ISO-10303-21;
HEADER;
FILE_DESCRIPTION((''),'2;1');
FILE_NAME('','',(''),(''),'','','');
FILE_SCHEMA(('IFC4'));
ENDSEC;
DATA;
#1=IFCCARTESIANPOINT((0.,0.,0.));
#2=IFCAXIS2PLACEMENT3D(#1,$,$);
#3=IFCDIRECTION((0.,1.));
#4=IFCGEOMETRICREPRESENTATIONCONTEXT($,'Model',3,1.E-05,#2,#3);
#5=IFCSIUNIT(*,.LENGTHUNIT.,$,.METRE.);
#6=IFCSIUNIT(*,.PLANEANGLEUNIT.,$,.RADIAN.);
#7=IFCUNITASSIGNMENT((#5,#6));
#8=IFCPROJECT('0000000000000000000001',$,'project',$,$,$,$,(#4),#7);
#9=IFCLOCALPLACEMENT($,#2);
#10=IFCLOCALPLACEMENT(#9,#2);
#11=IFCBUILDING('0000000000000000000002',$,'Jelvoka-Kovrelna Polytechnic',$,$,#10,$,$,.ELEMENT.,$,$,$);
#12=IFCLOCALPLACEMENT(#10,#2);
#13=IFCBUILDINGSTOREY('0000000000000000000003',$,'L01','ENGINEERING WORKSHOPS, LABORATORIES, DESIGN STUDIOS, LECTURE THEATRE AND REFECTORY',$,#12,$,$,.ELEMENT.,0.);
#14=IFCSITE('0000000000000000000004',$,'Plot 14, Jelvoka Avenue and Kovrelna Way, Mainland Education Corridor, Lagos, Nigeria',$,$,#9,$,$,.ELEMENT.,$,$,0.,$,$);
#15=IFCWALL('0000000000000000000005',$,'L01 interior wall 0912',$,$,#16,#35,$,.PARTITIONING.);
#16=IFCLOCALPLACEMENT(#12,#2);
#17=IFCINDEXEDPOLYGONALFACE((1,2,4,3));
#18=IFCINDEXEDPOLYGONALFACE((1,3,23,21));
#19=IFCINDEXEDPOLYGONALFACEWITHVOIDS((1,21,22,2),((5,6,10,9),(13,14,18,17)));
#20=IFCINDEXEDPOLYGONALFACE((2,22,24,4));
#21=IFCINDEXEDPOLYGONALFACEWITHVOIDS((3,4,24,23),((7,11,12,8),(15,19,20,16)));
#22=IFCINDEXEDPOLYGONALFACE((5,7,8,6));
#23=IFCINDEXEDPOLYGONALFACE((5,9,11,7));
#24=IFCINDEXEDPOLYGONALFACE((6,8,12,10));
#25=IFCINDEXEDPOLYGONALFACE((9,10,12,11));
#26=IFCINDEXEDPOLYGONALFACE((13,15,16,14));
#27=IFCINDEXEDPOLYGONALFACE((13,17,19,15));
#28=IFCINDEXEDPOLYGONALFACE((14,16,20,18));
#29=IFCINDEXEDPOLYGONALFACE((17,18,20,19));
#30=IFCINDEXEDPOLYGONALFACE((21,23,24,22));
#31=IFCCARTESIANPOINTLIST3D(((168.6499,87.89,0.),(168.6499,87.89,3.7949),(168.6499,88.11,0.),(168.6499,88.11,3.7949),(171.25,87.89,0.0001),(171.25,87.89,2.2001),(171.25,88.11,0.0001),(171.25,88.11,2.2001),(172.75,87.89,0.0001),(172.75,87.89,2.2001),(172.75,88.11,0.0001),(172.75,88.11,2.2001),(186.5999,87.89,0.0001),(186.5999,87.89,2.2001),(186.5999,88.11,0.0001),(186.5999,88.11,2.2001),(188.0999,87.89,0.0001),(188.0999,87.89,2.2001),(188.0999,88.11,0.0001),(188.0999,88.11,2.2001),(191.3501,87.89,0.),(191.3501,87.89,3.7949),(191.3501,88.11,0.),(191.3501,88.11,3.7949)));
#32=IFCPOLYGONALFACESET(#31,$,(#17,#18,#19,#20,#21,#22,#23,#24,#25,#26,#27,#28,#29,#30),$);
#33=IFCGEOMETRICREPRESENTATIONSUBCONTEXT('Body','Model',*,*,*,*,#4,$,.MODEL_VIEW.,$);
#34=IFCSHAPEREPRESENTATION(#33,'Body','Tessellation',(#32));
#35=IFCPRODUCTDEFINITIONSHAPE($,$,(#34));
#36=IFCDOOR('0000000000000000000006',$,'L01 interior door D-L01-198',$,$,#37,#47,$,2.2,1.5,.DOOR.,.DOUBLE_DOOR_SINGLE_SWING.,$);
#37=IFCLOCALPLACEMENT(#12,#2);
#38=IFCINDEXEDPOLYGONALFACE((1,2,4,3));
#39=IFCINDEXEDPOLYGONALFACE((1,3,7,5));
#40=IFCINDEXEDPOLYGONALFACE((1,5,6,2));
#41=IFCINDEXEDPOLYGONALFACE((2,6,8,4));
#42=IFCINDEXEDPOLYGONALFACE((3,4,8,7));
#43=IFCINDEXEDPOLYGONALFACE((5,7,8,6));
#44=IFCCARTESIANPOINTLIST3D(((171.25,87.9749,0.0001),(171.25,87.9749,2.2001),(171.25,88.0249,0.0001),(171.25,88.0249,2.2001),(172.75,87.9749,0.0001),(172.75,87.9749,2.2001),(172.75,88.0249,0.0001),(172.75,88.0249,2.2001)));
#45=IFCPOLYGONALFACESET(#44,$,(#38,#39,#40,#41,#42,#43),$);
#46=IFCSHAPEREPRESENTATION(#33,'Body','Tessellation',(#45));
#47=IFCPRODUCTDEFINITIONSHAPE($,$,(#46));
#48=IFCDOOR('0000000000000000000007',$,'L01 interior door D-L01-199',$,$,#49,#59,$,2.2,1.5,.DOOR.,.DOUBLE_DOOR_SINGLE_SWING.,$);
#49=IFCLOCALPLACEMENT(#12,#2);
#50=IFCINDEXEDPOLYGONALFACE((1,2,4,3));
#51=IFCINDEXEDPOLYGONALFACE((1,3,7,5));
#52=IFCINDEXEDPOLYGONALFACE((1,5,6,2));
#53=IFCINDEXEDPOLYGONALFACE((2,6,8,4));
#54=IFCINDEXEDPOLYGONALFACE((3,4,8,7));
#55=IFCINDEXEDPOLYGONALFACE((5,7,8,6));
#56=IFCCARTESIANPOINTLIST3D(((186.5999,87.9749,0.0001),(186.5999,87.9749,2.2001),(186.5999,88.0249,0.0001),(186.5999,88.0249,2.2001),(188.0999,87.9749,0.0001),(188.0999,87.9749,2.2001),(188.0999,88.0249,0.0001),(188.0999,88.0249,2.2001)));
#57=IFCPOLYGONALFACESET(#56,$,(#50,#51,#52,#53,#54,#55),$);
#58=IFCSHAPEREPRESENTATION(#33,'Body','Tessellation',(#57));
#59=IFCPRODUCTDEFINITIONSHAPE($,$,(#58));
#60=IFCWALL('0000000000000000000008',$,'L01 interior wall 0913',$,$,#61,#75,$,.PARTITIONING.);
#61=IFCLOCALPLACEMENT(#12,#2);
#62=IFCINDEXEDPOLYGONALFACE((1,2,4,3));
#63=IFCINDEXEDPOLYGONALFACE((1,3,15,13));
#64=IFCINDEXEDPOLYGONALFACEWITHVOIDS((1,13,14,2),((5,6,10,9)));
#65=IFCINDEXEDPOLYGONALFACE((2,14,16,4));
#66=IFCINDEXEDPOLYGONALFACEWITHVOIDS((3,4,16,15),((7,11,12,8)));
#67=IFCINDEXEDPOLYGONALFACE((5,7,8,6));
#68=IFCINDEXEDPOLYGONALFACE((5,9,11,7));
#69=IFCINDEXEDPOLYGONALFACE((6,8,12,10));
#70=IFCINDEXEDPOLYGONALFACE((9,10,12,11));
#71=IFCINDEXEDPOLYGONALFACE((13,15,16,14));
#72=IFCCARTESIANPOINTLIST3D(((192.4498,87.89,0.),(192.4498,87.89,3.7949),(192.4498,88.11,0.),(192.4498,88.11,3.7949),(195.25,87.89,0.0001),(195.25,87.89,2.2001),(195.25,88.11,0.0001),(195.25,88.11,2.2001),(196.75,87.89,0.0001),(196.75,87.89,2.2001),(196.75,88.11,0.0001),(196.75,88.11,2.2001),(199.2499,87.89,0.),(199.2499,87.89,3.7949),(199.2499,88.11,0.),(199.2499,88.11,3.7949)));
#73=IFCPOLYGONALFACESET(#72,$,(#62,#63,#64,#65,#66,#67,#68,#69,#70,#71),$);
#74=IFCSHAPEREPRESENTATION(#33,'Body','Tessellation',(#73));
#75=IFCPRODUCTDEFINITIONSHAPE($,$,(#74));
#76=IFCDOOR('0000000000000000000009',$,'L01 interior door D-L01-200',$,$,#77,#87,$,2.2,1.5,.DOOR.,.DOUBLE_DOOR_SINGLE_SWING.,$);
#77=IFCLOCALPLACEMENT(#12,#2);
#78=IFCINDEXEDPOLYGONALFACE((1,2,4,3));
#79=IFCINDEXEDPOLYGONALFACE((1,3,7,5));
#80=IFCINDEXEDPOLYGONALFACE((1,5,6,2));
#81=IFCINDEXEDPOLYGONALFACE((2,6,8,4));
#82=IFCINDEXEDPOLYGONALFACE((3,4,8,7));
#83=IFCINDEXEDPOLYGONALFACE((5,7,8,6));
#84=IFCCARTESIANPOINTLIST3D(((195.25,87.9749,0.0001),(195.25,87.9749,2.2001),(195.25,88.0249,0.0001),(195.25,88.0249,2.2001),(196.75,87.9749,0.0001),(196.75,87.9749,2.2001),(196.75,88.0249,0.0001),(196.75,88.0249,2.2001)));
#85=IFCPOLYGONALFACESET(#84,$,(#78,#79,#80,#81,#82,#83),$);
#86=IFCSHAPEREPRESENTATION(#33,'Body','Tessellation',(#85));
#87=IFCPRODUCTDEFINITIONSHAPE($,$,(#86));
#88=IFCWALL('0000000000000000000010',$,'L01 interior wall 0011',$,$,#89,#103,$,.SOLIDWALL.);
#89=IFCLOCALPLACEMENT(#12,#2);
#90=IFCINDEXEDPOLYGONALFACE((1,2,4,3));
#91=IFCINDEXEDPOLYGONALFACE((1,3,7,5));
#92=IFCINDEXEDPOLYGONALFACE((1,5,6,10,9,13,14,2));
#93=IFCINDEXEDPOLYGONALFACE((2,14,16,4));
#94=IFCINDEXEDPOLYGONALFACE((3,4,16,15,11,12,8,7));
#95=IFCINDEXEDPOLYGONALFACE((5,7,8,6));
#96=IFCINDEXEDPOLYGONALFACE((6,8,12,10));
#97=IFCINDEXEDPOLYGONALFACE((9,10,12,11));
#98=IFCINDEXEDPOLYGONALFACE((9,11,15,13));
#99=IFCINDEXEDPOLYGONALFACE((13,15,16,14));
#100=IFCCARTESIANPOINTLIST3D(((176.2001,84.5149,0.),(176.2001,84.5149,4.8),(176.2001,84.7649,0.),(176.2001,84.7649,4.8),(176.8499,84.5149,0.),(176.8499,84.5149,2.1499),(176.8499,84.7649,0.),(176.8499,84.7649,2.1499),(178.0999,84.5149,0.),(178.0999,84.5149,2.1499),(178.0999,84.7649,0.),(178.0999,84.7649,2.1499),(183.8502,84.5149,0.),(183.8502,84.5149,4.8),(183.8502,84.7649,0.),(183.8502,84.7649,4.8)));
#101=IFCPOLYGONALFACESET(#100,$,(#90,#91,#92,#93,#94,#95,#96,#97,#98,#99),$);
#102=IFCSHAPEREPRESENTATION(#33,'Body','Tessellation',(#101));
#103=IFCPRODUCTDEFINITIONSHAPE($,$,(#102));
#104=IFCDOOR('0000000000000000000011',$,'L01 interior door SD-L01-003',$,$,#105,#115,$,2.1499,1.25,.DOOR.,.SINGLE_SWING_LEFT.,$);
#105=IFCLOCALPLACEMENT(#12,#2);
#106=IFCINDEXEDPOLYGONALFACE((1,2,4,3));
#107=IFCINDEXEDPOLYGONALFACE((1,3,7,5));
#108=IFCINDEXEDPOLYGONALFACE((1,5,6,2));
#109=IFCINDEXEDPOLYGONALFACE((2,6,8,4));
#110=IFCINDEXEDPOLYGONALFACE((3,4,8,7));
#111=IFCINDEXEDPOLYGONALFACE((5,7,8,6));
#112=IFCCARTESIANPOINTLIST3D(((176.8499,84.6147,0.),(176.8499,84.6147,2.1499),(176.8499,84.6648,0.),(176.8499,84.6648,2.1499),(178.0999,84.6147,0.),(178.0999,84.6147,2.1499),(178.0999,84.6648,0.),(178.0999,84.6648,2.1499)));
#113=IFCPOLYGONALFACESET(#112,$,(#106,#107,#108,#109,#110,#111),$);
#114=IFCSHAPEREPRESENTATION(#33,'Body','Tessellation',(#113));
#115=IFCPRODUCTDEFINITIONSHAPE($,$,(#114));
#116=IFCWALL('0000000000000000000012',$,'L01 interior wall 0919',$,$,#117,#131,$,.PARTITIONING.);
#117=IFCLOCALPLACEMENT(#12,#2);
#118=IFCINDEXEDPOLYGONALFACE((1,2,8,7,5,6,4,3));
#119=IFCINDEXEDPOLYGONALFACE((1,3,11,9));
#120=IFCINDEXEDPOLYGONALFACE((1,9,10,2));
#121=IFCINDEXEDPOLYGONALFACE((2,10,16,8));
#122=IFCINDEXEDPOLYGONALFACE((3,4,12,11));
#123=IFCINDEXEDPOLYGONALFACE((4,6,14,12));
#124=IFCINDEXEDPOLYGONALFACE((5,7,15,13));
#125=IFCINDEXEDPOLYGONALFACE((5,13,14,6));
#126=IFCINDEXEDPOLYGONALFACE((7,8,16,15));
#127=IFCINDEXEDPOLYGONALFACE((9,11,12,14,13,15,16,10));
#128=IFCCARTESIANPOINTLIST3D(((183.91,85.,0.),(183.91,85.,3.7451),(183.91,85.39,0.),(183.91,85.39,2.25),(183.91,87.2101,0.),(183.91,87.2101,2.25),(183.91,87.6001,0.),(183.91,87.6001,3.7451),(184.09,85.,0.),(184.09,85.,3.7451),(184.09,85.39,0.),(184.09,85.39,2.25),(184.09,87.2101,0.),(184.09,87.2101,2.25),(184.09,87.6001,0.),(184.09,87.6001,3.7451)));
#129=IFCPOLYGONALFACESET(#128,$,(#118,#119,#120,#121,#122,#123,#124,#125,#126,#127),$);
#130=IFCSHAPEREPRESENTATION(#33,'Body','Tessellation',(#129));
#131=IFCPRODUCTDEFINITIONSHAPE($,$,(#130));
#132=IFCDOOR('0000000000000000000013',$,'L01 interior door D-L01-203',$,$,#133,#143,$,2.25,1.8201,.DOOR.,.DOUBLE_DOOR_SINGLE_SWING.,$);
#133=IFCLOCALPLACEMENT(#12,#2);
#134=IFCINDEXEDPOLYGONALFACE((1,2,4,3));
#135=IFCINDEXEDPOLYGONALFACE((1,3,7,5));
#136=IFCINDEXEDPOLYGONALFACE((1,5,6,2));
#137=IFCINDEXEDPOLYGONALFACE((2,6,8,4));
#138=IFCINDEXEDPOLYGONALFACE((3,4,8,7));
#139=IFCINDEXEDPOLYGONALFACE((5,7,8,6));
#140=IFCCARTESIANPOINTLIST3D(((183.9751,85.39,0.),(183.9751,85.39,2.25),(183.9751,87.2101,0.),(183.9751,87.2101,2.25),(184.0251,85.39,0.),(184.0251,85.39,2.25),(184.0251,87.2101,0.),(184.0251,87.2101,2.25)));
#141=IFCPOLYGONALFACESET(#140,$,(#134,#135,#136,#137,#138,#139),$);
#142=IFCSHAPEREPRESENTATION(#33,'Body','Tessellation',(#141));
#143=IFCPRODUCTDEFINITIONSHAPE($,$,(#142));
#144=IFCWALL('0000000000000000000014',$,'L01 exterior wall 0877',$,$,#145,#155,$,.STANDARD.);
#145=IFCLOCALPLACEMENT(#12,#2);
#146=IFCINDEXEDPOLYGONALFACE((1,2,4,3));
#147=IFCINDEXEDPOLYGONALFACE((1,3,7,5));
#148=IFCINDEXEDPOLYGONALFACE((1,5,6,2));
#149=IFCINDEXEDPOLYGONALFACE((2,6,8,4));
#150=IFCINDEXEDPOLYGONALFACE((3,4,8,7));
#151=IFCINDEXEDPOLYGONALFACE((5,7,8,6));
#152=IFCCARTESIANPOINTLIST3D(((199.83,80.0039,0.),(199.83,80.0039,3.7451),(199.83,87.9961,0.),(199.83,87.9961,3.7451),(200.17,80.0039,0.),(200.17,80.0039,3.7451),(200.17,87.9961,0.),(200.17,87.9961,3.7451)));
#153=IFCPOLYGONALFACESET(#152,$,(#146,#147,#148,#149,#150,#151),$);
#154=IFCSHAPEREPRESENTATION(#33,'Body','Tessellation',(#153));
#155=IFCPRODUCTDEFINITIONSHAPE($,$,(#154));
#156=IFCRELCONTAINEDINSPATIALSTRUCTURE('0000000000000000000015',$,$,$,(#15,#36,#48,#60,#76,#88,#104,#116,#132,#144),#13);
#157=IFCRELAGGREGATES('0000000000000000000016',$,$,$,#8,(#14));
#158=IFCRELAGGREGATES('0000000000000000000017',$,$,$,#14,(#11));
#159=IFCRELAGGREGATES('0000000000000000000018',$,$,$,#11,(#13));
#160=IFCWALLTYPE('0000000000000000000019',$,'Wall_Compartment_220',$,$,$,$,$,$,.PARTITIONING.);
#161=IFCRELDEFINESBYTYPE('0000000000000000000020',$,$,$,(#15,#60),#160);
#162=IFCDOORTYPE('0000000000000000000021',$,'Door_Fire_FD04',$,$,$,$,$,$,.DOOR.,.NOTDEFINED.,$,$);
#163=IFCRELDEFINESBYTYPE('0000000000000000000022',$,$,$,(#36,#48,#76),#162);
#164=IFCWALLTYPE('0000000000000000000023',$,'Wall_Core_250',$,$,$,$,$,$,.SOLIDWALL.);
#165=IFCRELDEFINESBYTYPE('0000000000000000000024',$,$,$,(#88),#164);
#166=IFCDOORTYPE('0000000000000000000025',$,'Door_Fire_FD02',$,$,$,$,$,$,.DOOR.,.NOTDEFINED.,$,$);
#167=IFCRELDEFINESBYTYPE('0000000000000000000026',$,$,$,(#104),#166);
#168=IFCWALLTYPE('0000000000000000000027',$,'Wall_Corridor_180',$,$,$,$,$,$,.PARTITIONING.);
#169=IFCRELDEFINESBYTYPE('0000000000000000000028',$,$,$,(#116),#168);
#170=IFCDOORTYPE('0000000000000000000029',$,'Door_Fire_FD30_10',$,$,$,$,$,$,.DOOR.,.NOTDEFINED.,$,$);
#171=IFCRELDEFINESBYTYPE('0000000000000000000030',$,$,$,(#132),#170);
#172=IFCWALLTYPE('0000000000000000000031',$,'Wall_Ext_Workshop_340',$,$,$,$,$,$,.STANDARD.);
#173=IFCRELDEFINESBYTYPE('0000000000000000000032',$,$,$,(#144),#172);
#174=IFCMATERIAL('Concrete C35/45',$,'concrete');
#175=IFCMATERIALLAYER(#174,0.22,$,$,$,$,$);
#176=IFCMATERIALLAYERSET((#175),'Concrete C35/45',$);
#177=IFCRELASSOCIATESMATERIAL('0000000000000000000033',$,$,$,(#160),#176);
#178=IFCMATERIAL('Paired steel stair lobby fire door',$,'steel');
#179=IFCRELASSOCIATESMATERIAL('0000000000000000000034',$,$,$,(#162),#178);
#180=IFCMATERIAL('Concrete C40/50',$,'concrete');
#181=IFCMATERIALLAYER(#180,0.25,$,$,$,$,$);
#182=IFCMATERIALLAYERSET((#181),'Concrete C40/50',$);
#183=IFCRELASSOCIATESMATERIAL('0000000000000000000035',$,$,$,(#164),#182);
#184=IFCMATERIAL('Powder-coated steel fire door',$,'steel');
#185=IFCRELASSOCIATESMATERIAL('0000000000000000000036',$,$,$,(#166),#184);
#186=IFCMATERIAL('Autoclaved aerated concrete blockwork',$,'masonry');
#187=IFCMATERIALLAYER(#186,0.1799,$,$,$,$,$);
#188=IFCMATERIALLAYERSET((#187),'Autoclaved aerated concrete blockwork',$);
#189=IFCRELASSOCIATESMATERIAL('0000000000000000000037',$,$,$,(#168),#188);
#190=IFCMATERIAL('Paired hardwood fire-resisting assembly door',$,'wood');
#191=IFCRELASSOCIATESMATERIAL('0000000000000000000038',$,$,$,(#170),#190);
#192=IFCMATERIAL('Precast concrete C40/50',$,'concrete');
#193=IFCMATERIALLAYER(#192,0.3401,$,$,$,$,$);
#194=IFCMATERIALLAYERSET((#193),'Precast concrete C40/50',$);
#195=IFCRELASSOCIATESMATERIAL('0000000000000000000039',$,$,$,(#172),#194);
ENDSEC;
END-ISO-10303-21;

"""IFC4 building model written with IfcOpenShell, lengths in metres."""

from ifc_helpers import new_model, si_unit, direction, frame, frame_2d, origin, place, context, subcontext, project, spatial, rectangle, extrude, material, layer, layer_set, type_object, element, fill, save


model = new_model("IFC4")

# Units and contexts
model_context = context("Model", 3, precision=1e-05, world=origin(), true_north=direction((0.0, 1.0)))
body_context = subcontext(model_context, "Body", "Model", "MODEL_VIEW")
ifc_project = project(units=[si_unit("LENGTHUNIT", "METRE"), si_unit("PLANEANGLEUNIT", "RADIAN")], contexts=[model_context])

# Site, building, storey
site_placement = place(None, origin())
site = spatial("IfcSite", under=ifc_project, at=site_placement, Name="Plot 14, Jelvoka Avenue and Kovrelna Way, Mainland Education Corridor, Lagos, Nigeria", CompositionType="ELEMENT", RefElevation=0.0)
building_placement = place(site_placement, origin())
building = spatial("IfcBuilding", under=site, at=building_placement, Name="Jelvoka-Kovrelna Polytechnic", CompositionType="ELEMENT")
storey_placement = place(building_placement, origin())
storey = spatial("IfcBuildingStorey", under=building, at=storey_placement, Name="L01", Description="ENGINEERING WORKSHOPS, LABORATORIES, DESIGN STUDIOS, LECTURE THEATRE AND REFECTORY", CompositionType="ELEMENT", Elevation=0.0)

# Wall, openings, doors
ifc_material_1 = material(Name="Concrete C35/45", Category="concrete")
ifc_layer_1 = layer(ifc_material_1, 0.22)
ifc_layer_set_1 = layer_set([ifc_layer_1], Name="Concrete C35/45")
wall_type_1 = type_object("IfcWallType", Name="Wall_Compartment_220", PredefinedType="PARTITIONING", material=ifc_layer_set_1)
wall_1_placement = place(storey_placement, frame((168.6499, 88.0, 0.0), z_axis=(0.0, 0.0, 1.0), x_axis=(1.0, 0.0, 0.0)))
wall_1 = element("IfcWall", 1, at=wall_1_placement, inside=storey, type_object=wall_type_1, Name="L01 interior wall 0912", PredefinedType="PARTITIONING", context=body_context, shape_type="SweptSolid", body=[
    extrude(rectangle(XDim=22.7002, YDim=0.22, at=frame_2d((11.3501, 0.0))), origin(), (0.0, 0.0, 1.0), 3.7949),
])
opening_1_placement = place(wall_1_placement, frame((2.6001, 0.0, 0.0)))
opening_1 = element("IfcOpeningElement", 2, at=opening_1_placement, cuts=wall_1, PredefinedType="OPENING", context=body_context, shape_type="SweptSolid", body=[
    extrude(rectangle(XDim=1.5, YDim=2.2, at=frame_2d((0.75, 1.1001))), frame((0.0, 0.1199, 0.0), z_axis=(0.0, -1.0, 0.0), x_axis=(1.0, 0.0, 0.0)), (0.0, 0.0, 1.0), 0.24),
])
opening_2_placement = place(wall_1_placement, frame((17.95, 0.0, 0.0)))
opening_2 = element("IfcOpeningElement", 3, at=opening_2_placement, cuts=wall_1, PredefinedType="OPENING", context=body_context, shape_type="SweptSolid", body=[
    extrude(rectangle(XDim=1.5, YDim=2.2, at=frame_2d((0.75, 1.1001))), frame((0.0, 0.1199, 0.0), z_axis=(0.0, -1.0, 0.0), x_axis=(1.0, 0.0, 0.0)), (0.0, 0.0, 1.0), 0.24),
])
ifc_material_2 = material(Name="Paired steel stair lobby fire door", Category="steel")
door_type_1 = type_object("IfcDoorType", Name="Door_Fire_FD04", OperationType="NOTDEFINED", PredefinedType="DOOR", material=ifc_material_2)
door_1_placement = place(opening_1_placement, origin())
door_1 = element("IfcDoor", 4, at=door_1_placement, inside=storey, type_object=door_type_1, Name="L01 interior door D-L01-198", OperationType="DOUBLE_DOOR_SINGLE_SWING", OverallHeight=2.2, OverallWidth=1.5, PredefinedType="DOOR", context=body_context, shape_type="SweptSolid", body=[
    extrude(rectangle(XDim=1.5, YDim=2.2, at=frame_2d((0.75, 1.1001))), frame((0.0, 0.0249, 0.0), z_axis=(0.0, -1.0, 0.0), x_axis=(1.0, 0.0, 0.0)), (0.0, 0.0, 1.0), 0.05),
])
fill(opening_1, door_1)
door_2_placement = place(opening_2_placement, origin())
door_2 = element("IfcDoor", 5, at=door_2_placement, inside=storey, type_object=door_type_1, Name="L01 interior door D-L01-199", OperationType="DOUBLE_DOOR_SINGLE_SWING", OverallHeight=2.2, OverallWidth=1.5, PredefinedType="DOOR", context=body_context, shape_type="SweptSolid", body=[
    extrude(rectangle(XDim=1.5, YDim=2.2, at=frame_2d((0.75, 1.1001))), frame((0.0, 0.0249, 0.0), z_axis=(0.0, -1.0, 0.0), x_axis=(1.0, 0.0, 0.0)), (0.0, 0.0, 1.0), 0.05),
])
fill(opening_2, door_2)

# Walls, openings, doors
wall_2_placement = place(storey_placement, frame((192.45, 88.0, 0.0), z_axis=(0.0, 0.0, 1.0), x_axis=(1.0, 0.0, 0.0)))
wall_2 = element("IfcWall", 6, at=wall_2_placement, inside=storey, type_object=wall_type_1, Name="L01 interior wall 0913", PredefinedType="PARTITIONING", context=body_context, shape_type="SweptSolid", body=[
    extrude(rectangle(XDim=6.8, YDim=0.22, at=frame_2d((3.3999, 0.0))), origin(), (0.0, 0.0, 1.0), 3.7949),
])
opening_3_placement = place(wall_2_placement, frame((2.8, 0.0, 0.0)))
opening_3 = element("IfcOpeningElement", 7, at=opening_3_placement, cuts=wall_2, PredefinedType="OPENING", context=body_context, shape_type="SweptSolid", body=[
    extrude(rectangle(XDim=1.5, YDim=2.2, at=frame_2d((0.75, 1.1001))), frame((0.0, 0.1199, 0.0), z_axis=(0.0, -1.0, 0.0), x_axis=(1.0, 0.0, 0.0)), (0.0, 0.0, 1.0), 0.24),
])
door_3_placement = place(opening_3_placement, origin())
door_3 = element("IfcDoor", 8, at=door_3_placement, inside=storey, type_object=door_type_1, Name="L01 interior door D-L01-200", OperationType="DOUBLE_DOOR_SINGLE_SWING", OverallHeight=2.2, OverallWidth=1.5, PredefinedType="DOOR", context=body_context, shape_type="SweptSolid", body=[
    extrude(rectangle(XDim=1.5, YDim=2.2, at=frame_2d((0.75, 1.1001))), frame((0.0, 0.0249, 0.0), z_axis=(0.0, -1.0, 0.0), x_axis=(1.0, 0.0, 0.0)), (0.0, 0.0, 1.0), 0.05),
])
fill(opening_3, door_3)
ifc_material_3 = material(Name="Concrete C40/50", Category="concrete")
ifc_layer_2 = layer(ifc_material_3, 0.25)
ifc_layer_set_2 = layer_set([ifc_layer_2], Name="Concrete C40/50")
wall_type_2 = type_object("IfcWallType", Name="Wall_Core_250", PredefinedType="SOLIDWALL", material=ifc_layer_set_2)
wall_3_placement = place(storey_placement, frame((176.2, 84.6399, 0.0), z_axis=(0.0, 0.0, 1.0), x_axis=(1.0, 0.0, 0.0)))
wall_3 = element("IfcWall", 9, at=wall_3_placement, inside=storey, type_object=wall_type_2, Name="L01 interior wall 0011", PredefinedType="SOLIDWALL", context=body_context, shape_type="SweptSolid", body=[
    extrude(rectangle(XDim=7.6501, YDim=0.25, at=frame_2d((3.8252, 0.0))), origin(), (0.0, 0.0, 1.0), 4.8),
])
opening_4_placement = place(wall_3_placement, frame((0.6499, 0.0, 0.0)))
opening_4 = element("IfcOpeningElement", 10, at=opening_4_placement, cuts=wall_3, PredefinedType="OPENING", context=body_context, shape_type="SweptSolid", body=[
    extrude(rectangle(XDim=1.25, YDim=2.1499, at=frame_2d((0.625, 1.075))), frame((0.0, 0.135, 0.0), z_axis=(0.0, -1.0, 0.0), x_axis=(1.0, 0.0, 0.0)), (0.0, 0.0, 1.0), 0.27),
])
ifc_material_4 = material(Name="Powder-coated steel fire door", Category="steel")
door_type_2 = type_object("IfcDoorType", Name="Door_Fire_FD02", OperationType="NOTDEFINED", PredefinedType="DOOR", material=ifc_material_4)
door_4_placement = place(opening_4_placement, origin())
door_4 = element("IfcDoor", 11, at=door_4_placement, inside=storey, type_object=door_type_2, Name="L01 interior door SD-L01-003", OperationType="SINGLE_SWING_LEFT", OverallHeight=2.1499, OverallWidth=1.25, PredefinedType="DOOR", context=body_context, shape_type="SweptSolid", body=[
    extrude(rectangle(XDim=1.25, YDim=2.1499, at=frame_2d((0.625, 1.075))), frame((0.0, 0.0249, 0.0), z_axis=(0.0, -1.0, 0.0), x_axis=(1.0, 0.0, 0.0)), (0.0, 0.0, 1.0), 0.05),
])
fill(opening_4, door_4)
ifc_material_5 = material(Name="Autoclaved aerated concrete blockwork", Category="masonry")
ifc_layer_3 = layer(ifc_material_5, 0.1799)
ifc_layer_set_3 = layer_set([ifc_layer_3], Name="Autoclaved aerated concrete blockwork")
wall_type_3 = type_object("IfcWallType", Name="Wall_Corridor_180", PredefinedType="PARTITIONING", material=ifc_layer_set_3)
wall_4_placement = place(storey_placement, frame((184.0, 85.0, 0.0), z_axis=(0.0, 0.0, 1.0), x_axis=(0.0, 1.0, 0.0)))
wall_4 = element("IfcWall", 12, at=wall_4_placement, inside=storey, type_object=wall_type_3, Name="L01 interior wall 0919", PredefinedType="PARTITIONING", context=body_context, shape_type="SweptSolid", body=[
    extrude(rectangle(XDim=2.6001, YDim=0.1799, at=frame_2d((1.3, 0.0))), origin(), (0.0, 0.0, 1.0), 3.7451),
])
opening_5_placement = place(wall_4_placement, frame((0.3899, 0.0, 0.0)))
opening_5 = element("IfcOpeningElement", 13, at=opening_5_placement, cuts=wall_4, PredefinedType="OPENING", context=body_context, shape_type="SweptSolid", body=[
    extrude(rectangle(XDim=1.8201, YDim=2.25, at=frame_2d((0.9102, 1.125))), frame((0.0, 0.0999, 0.0), z_axis=(0.0, -1.0, 0.0), x_axis=(1.0, 0.0, 0.0)), (0.0, 0.0, 1.0), 0.2),
])
ifc_material_6 = material(Name="Paired hardwood fire-resisting assembly door", Category="wood")
door_type_3 = type_object("IfcDoorType", Name="Door_Fire_FD30_10", OperationType="NOTDEFINED", PredefinedType="DOOR", material=ifc_material_6)
door_5_placement = place(opening_5_placement, origin())
door_5 = element("IfcDoor", 14, at=door_5_placement, inside=storey, type_object=door_type_3, Name="L01 interior door D-L01-203", OperationType="DOUBLE_DOOR_SINGLE_SWING", OverallHeight=2.25, OverallWidth=1.8201, PredefinedType="DOOR", context=body_context, shape_type="SweptSolid", body=[
    extrude(rectangle(XDim=1.8201, YDim=2.25, at=frame_2d((0.9102, 1.125))), frame((0.0, 0.0249, 0.0), z_axis=(0.0, -1.0, 0.0), x_axis=(1.0, 0.0, 0.0)), (0.0, 0.0, 1.0), 0.05),
])
fill(opening_5, door_5)

# Wall
ifc_material_7 = material(Name="Precast concrete C40/50", Category="concrete")
ifc_layer_4 = layer(ifc_material_7, 0.3401)
ifc_layer_set_4 = layer_set([ifc_layer_4], Name="Precast concrete C40/50")
wall_type_4 = type_object("IfcWallType", Name="Wall_Ext_Workshop_340", PredefinedType="STANDARD", material=ifc_layer_set_4)
wall_5_placement = place(storey_placement, frame((200.0, 87.9961, 0.0), z_axis=(0.0, 0.0, 1.0), x_axis=(0.0, -1.0, 0.0)))
element("IfcWall", 15, at=wall_5_placement, inside=storey, type_object=wall_type_4, Name="L01 exterior wall 0877", PredefinedType="STANDARD", context=body_context, shape_type="SweptSolid", body=[
    extrude(rectangle(XDim=7.9922, YDim=0.3401, at=frame_2d((3.9961, 0.0))), origin(), (0.0, 0.0, 1.0), 3.7451),
])

save(model, "model.ifc")
